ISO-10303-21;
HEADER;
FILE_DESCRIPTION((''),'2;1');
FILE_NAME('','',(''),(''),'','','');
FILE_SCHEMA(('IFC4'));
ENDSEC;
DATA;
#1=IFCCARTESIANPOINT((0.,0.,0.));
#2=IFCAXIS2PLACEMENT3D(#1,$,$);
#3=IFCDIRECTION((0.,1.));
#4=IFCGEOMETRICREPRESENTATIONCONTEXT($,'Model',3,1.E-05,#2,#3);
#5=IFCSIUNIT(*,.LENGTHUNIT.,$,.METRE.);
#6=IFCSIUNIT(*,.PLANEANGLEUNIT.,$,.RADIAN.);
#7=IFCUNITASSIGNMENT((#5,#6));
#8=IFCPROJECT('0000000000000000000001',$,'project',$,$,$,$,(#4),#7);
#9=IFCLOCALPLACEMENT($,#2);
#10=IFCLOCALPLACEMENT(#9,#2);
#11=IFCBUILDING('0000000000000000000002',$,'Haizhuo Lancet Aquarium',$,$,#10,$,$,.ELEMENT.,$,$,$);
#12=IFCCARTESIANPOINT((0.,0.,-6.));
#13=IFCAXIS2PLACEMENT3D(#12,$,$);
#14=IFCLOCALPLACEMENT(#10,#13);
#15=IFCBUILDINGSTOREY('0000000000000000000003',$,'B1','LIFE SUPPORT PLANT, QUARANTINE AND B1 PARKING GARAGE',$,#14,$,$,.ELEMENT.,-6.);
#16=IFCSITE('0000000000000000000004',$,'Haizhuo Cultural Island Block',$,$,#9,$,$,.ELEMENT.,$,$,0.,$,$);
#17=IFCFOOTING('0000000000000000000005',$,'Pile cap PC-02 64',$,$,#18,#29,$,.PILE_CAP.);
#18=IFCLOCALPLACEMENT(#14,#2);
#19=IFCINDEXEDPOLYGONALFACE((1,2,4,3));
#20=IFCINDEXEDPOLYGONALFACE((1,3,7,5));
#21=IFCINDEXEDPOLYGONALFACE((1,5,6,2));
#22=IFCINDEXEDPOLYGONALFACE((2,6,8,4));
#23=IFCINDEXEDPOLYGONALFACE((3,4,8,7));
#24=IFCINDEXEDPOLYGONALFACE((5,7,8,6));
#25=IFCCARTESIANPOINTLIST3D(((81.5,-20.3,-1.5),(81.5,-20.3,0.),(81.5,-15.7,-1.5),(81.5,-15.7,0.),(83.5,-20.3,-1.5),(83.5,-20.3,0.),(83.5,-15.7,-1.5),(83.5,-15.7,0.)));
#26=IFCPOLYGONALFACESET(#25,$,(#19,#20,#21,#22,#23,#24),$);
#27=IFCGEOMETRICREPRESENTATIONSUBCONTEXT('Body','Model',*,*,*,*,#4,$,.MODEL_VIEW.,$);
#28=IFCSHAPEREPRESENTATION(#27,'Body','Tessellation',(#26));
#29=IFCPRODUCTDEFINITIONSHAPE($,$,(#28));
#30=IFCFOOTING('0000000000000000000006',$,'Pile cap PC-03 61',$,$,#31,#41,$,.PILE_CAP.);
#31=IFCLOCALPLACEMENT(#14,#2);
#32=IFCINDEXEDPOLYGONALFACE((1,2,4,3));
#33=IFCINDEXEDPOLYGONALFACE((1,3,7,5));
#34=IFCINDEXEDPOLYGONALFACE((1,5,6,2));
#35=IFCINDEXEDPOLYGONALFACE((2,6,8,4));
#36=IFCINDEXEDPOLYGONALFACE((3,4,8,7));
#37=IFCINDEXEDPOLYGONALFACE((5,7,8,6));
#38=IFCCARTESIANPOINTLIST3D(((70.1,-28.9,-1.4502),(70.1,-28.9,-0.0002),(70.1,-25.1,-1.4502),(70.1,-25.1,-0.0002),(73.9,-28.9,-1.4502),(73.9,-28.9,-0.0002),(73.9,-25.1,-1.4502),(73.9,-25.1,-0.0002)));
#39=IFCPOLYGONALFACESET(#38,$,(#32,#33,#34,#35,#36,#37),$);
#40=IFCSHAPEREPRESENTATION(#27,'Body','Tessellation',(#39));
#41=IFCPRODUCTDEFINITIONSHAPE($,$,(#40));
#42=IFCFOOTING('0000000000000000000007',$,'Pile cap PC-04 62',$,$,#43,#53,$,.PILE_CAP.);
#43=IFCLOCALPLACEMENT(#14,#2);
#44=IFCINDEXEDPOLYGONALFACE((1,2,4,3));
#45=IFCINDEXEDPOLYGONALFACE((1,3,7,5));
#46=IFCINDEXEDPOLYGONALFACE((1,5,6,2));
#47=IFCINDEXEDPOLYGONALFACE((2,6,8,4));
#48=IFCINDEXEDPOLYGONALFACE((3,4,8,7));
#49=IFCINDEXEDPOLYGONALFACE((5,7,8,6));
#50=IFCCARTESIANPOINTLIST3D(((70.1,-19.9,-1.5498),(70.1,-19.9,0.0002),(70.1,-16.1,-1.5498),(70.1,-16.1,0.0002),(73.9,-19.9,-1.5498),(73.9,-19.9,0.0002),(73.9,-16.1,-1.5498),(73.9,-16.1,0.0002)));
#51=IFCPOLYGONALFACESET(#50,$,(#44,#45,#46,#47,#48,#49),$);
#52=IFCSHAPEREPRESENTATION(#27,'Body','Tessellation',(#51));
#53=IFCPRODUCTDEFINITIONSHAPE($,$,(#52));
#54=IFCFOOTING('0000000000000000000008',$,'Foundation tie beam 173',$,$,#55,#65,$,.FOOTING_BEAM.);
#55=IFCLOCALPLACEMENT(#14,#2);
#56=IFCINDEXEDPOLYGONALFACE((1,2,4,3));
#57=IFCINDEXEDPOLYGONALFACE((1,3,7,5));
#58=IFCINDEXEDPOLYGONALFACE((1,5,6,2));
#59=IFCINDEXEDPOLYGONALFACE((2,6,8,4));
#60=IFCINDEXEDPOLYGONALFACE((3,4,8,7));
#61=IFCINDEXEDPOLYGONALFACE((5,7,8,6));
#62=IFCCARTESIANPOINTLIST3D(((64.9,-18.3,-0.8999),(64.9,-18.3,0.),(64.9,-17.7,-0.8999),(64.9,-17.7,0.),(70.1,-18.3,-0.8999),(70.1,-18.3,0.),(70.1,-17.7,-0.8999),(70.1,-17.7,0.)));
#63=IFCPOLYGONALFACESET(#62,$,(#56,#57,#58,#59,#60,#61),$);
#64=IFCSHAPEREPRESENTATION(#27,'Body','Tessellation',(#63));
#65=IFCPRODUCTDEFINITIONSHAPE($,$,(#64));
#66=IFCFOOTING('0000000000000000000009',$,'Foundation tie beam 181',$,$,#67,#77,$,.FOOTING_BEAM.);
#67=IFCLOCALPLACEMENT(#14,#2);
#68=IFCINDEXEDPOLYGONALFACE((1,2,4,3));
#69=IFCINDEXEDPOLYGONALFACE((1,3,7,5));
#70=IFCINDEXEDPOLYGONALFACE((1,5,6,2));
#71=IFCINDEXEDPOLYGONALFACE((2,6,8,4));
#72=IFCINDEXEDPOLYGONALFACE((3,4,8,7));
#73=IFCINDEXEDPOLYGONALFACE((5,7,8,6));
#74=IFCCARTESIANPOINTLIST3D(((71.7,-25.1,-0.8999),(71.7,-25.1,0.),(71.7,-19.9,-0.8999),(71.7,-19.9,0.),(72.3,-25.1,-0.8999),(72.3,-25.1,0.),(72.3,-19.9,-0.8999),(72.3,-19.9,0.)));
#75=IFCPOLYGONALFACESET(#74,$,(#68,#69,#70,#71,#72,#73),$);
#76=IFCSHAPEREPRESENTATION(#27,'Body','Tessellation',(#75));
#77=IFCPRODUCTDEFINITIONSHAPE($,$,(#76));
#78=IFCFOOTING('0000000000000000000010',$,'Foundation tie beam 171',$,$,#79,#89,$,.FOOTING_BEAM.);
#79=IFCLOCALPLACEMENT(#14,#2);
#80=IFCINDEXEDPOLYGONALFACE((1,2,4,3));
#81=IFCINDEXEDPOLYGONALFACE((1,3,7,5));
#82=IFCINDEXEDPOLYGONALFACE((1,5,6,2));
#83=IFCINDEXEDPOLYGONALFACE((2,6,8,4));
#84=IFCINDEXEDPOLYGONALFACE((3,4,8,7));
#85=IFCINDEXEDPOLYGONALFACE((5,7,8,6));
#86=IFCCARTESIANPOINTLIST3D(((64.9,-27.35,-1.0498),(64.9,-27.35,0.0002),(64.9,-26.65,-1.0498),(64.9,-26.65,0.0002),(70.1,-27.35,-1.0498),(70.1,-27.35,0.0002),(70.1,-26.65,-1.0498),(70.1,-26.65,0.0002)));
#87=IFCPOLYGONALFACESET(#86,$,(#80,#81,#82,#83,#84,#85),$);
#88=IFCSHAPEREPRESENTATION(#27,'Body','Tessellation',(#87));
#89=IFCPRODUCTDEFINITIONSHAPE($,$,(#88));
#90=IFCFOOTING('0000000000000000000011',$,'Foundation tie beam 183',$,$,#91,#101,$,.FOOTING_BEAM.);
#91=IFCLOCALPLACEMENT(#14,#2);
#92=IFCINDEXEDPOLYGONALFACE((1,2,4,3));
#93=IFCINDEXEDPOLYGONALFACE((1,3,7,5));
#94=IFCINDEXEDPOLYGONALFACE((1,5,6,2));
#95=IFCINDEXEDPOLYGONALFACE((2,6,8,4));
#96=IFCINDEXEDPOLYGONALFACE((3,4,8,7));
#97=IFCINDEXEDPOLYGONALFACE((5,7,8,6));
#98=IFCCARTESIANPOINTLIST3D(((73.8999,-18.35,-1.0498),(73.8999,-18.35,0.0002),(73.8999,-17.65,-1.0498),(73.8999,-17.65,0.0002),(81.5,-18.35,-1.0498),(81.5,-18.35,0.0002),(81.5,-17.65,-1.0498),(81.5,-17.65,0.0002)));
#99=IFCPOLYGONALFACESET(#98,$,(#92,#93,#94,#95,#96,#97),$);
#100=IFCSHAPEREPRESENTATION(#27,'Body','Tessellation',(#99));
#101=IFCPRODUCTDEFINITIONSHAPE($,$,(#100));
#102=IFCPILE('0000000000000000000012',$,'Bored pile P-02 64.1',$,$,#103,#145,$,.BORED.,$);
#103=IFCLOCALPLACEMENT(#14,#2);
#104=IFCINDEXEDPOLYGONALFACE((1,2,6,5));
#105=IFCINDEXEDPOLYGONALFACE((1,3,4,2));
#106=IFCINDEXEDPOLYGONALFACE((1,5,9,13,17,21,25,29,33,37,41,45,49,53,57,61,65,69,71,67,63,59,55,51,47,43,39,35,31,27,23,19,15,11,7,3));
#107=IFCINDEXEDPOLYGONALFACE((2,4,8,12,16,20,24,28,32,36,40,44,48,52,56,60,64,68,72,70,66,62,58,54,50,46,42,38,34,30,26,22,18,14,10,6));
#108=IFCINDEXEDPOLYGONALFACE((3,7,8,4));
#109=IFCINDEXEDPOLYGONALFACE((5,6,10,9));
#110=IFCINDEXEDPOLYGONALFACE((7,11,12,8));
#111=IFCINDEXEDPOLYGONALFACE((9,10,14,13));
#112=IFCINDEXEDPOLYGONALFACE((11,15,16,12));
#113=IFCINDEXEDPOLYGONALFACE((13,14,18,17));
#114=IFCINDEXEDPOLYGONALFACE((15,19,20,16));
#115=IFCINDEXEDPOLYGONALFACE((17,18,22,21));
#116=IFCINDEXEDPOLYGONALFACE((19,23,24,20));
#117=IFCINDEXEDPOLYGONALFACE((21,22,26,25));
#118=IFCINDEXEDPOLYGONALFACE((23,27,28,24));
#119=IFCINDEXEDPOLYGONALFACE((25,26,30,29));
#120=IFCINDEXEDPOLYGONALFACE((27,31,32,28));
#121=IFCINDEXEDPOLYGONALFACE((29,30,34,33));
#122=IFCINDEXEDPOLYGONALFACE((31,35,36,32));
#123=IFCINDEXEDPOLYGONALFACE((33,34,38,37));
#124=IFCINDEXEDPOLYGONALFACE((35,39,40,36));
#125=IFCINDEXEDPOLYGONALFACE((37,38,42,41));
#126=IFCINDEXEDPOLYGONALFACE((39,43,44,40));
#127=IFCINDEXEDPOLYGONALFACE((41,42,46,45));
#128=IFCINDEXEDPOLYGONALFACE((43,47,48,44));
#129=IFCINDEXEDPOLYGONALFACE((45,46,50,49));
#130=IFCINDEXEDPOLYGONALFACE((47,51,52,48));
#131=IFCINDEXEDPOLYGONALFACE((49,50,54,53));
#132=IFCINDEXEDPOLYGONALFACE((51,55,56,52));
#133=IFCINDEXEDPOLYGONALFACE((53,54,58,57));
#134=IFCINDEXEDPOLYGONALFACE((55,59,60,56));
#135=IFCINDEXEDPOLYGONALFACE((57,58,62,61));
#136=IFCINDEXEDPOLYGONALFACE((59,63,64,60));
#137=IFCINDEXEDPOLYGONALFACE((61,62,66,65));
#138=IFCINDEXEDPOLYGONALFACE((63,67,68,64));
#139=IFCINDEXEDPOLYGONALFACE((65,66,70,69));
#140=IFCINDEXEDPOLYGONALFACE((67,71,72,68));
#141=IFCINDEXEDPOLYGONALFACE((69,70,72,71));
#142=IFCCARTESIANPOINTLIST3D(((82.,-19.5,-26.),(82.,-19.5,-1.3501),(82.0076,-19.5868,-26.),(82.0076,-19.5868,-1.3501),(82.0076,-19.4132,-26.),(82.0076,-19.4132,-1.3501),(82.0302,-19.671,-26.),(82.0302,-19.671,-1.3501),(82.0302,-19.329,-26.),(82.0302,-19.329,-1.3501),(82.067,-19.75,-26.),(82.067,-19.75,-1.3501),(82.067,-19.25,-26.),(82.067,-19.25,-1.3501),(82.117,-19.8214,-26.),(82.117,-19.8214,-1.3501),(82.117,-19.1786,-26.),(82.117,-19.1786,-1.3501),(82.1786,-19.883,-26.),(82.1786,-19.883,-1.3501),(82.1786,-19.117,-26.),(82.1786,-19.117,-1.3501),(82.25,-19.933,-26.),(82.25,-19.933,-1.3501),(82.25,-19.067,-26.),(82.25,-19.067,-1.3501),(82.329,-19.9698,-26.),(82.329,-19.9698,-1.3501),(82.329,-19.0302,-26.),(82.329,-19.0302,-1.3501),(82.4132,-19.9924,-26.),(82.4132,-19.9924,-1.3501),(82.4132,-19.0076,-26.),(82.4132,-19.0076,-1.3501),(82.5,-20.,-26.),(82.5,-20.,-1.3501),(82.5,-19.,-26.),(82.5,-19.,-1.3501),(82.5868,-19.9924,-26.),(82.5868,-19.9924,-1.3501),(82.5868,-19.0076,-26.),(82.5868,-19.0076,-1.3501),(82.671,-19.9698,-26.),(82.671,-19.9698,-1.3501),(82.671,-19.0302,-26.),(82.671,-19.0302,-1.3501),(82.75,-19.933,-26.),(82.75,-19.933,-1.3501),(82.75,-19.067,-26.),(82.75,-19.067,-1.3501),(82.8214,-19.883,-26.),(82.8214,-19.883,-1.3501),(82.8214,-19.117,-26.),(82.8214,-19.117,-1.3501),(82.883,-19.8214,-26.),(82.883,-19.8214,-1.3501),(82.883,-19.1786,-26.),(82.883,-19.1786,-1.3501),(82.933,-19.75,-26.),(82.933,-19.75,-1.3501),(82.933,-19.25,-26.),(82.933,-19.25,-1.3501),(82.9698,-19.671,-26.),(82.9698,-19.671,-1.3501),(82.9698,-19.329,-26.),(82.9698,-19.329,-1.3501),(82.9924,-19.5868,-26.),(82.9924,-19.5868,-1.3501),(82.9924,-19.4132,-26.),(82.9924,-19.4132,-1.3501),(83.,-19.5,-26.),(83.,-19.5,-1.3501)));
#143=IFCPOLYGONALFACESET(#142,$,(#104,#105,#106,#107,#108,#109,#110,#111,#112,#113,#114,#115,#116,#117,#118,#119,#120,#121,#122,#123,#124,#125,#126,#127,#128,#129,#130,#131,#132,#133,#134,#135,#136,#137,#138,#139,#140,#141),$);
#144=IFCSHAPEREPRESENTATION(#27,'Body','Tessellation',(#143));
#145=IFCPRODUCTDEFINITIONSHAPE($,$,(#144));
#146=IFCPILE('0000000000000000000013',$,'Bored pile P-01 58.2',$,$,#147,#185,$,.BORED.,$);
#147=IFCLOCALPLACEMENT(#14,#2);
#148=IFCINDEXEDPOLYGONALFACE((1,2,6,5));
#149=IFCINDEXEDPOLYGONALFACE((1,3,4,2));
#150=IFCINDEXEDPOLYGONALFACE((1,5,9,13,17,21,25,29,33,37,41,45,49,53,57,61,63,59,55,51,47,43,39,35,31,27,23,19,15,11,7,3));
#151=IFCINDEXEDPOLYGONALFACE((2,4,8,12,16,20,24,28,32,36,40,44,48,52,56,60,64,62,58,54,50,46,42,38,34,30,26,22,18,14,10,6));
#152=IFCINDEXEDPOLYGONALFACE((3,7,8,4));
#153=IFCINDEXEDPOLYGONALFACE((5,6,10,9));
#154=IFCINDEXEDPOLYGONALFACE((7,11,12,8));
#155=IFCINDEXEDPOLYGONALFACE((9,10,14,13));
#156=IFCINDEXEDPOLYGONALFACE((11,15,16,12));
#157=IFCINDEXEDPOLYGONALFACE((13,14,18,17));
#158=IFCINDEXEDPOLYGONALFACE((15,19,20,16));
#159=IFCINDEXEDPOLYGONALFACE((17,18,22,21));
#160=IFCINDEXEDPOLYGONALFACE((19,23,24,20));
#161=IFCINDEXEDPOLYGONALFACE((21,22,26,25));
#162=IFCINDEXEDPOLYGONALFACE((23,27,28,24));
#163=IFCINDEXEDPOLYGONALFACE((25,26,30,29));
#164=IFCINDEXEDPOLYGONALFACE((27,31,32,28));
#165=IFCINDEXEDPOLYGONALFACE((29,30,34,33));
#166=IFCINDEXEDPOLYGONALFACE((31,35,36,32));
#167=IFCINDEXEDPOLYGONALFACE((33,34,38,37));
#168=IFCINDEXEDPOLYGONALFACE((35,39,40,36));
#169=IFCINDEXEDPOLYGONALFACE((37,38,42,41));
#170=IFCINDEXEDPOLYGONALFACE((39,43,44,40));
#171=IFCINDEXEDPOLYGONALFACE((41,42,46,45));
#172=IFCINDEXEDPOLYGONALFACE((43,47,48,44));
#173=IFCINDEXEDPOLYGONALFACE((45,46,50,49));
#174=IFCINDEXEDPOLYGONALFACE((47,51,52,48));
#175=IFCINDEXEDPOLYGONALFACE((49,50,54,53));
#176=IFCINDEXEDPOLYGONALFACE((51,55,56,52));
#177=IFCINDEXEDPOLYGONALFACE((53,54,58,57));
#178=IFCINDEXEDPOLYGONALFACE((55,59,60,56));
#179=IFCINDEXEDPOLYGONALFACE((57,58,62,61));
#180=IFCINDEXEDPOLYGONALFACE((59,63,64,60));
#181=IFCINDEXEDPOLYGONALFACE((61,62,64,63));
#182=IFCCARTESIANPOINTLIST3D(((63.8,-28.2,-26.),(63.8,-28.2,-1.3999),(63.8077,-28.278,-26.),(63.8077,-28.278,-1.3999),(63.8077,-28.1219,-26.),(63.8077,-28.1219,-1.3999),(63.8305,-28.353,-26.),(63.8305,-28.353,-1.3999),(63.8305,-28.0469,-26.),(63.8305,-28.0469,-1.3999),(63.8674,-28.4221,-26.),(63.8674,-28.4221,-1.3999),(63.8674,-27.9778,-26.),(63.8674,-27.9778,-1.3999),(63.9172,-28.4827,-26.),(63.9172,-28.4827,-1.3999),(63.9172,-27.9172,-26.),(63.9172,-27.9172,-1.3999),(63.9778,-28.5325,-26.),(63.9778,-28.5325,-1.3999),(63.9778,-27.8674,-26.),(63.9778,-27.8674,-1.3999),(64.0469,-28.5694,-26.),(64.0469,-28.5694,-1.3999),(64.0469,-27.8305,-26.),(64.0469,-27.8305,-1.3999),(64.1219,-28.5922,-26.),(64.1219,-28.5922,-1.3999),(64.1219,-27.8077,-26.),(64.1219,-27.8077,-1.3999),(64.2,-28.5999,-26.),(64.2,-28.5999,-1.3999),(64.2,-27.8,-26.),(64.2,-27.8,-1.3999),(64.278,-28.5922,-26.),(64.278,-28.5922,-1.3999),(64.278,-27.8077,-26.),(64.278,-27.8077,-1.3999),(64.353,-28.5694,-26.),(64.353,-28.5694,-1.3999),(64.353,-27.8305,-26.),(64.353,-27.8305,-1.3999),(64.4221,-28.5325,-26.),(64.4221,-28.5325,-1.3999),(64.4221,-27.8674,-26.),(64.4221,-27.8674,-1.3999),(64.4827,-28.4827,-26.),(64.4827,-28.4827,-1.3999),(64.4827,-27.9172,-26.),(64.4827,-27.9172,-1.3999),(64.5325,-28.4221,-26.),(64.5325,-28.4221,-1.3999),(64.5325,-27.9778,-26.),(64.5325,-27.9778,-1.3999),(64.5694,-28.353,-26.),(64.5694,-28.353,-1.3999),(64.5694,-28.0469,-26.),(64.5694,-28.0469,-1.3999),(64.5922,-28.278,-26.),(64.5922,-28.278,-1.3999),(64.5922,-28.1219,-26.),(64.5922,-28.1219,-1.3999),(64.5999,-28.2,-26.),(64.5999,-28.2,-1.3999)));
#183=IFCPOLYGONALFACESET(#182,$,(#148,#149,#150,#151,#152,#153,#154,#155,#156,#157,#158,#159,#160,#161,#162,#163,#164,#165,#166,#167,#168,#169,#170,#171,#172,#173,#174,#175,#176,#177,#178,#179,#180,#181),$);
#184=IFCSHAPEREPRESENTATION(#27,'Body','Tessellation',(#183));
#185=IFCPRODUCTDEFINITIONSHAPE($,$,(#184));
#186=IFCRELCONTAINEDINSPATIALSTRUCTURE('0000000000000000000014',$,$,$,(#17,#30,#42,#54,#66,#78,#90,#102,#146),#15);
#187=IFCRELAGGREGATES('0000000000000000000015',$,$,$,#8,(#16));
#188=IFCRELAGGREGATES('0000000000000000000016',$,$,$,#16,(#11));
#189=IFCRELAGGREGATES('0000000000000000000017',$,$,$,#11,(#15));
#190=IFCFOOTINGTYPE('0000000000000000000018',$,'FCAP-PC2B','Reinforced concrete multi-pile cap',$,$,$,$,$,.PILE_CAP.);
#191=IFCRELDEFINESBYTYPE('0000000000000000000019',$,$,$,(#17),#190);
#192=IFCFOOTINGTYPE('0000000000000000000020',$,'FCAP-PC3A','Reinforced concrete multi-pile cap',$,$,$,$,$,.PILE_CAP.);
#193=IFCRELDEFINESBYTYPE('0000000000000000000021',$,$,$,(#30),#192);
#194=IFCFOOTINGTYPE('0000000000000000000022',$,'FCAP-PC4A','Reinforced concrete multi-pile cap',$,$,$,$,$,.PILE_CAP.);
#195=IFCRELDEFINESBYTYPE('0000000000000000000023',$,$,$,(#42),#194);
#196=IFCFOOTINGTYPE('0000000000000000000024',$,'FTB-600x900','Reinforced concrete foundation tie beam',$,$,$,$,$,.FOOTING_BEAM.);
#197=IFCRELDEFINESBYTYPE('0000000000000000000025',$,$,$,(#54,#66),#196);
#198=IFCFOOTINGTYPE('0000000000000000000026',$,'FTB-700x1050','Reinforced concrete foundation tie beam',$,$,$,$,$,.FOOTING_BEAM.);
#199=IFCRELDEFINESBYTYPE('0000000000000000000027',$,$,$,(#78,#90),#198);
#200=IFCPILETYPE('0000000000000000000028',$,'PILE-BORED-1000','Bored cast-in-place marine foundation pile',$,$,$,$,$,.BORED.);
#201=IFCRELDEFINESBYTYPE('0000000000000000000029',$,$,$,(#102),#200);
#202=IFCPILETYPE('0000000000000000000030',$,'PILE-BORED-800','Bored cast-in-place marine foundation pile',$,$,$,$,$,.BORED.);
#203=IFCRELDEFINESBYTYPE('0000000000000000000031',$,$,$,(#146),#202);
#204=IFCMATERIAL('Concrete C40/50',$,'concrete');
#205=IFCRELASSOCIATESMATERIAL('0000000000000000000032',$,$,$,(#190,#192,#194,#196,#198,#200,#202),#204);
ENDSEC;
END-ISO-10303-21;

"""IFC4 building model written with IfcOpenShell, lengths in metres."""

from ifc_helpers import new_model, si_unit, direction, frame, origin, origin_2d, place, context, subcontext, project, spatial, rectangle, circle, extrude, material, material_profile, profile_set, type_object, element, save


model = new_model("IFC4")

# Units and contexts
model_context = context("Model", 3, precision=1e-05, world=origin(), true_north=direction((0.0, 1.0)))
body_context = subcontext(model_context, "Body", "Model", "MODEL_VIEW")
ifc_project = project(units=[si_unit("LENGTHUNIT", "METRE"), si_unit("PLANEANGLEUNIT", "RADIAN")], contexts=[model_context])

# Site, building, storey
site_placement = place(None, origin())
site = spatial("IfcSite", under=ifc_project, at=site_placement, Name="Haizhuo Cultural Island Block", CompositionType="ELEMENT", RefElevation=0.0)
building_placement = place(site_placement, origin())
building = spatial("IfcBuilding", under=site, at=building_placement, Name="Haizhuo Lancet Aquarium", CompositionType="ELEMENT")
storey_placement = place(building_placement, frame((0.0, 0.0, -6.0)))
storey = spatial("IfcBuildingStorey", under=building, at=storey_placement, Name="B1", Description="LIFE SUPPORT PLANT, QUARANTINE AND B1 PARKING GARAGE", CompositionType="ELEMENT", Elevation=-6.0)

# Footings
ifc_material_1 = material(Name="Concrete C40/50", Category="concrete")
footing_type_1 = type_object("IfcFootingType", Name="FCAP-PC2B", Description="Reinforced concrete multi-pile cap", PredefinedType="PILE_CAP", material=ifc_material_1)
footing_1_placement = place(storey_placement, frame((82.5, -18.0, -1.5), z_axis=(0.0, 0.0, 1.0), x_axis=(1.0, 0.0, 0.0)))
element("IfcFooting", 1, at=footing_1_placement, inside=storey, type_object=footing_type_1, Name="Pile cap PC-02 64", PredefinedType="PILE_CAP", context=body_context, shape_type="SweptSolid", body=[
    extrude(rectangle(XDim=2.0, YDim=4.6001, at=origin_2d()), origin(), (0.0, 0.0, 1.0), 1.5),
])
footing_type_2 = type_object("IfcFootingType", Name="FCAP-PC3A", Description="Reinforced concrete multi-pile cap", PredefinedType="PILE_CAP", material=ifc_material_1)
footing_2_placement = place(storey_placement, frame((72.0, -27.0, -1.4502), z_axis=(0.0, 0.0, 1.0), x_axis=(1.0, 0.0, 0.0)))
element("IfcFooting", 2, at=footing_2_placement, inside=storey, type_object=footing_type_2, Name="Pile cap PC-03 61", PredefinedType="PILE_CAP", context=body_context, shape_type="SweptSolid", body=[
    extrude(rectangle(XDim=3.8, YDim=3.8, at=origin_2d()), origin(), (0.0, 0.0, 1.0), 1.45),
])
footing_type_3 = type_object("IfcFootingType", Name="FCAP-PC4A", Description="Reinforced concrete multi-pile cap", PredefinedType="PILE_CAP", material=ifc_material_1)
footing_3_placement = place(storey_placement, frame((72.0, -18.0, -1.5498), z_axis=(0.0, 0.0, 1.0), x_axis=(1.0, 0.0, 0.0)))
element("IfcFooting", 3, at=footing_3_placement, inside=storey, type_object=footing_type_3, Name="Pile cap PC-04 62", PredefinedType="PILE_CAP", context=body_context, shape_type="SweptSolid", body=[
    extrude(rectangle(XDim=3.8, YDim=3.8, at=origin_2d()), origin(), (0.0, 0.0, 1.0), 1.55),
])
footing_type_4 = type_object("IfcFootingType", Name="FTB-600x900", Description="Reinforced concrete foundation tie beam", PredefinedType="FOOTING_BEAM", material=ifc_material_1)
for number, where, z_axis, x_axis, name in (
    (4, (67.5, -18.0, -0.8999), (0.0, 0.0, 1.0), (1.0, 0.0, 0.0), "Foundation tie beam 173"),
    (5, (72.0, -22.5, -0.8999), (0.0, 0.0, 1.0), (0.0, 1.0, 0.0), "Foundation tie beam 181"),
):
    element("IfcFooting", number, at=place(storey_placement, frame(where, z_axis=z_axis, x_axis=x_axis)), inside=storey, type_object=footing_type_4, Name=name, PredefinedType="FOOTING_BEAM", context=body_context, shape_type="SweptSolid", body=[
        extrude(rectangle(XDim=5.2, YDim=0.6001, at=origin_2d()), origin(), (0.0, 0.0, 1.0), 0.8999),
    ])
footing_type_5 = type_object("IfcFootingType", Name="FTB-700x1050", Description="Reinforced concrete foundation tie beam", PredefinedType="FOOTING_BEAM", material=ifc_material_1)
footing_4_placement = place(storey_placement, frame((67.5, -27.0, -1.0498), z_axis=(0.0, 0.0, 1.0), x_axis=(1.0, 0.0, 0.0)))
element("IfcFooting", 6, at=footing_4_placement, inside=storey, type_object=footing_type_5, Name="Foundation tie beam 171", PredefinedType="FOOTING_BEAM", context=body_context, shape_type="SweptSolid", body=[
    extrude(rectangle(XDim=5.2, YDim=0.7, at=origin_2d()), origin(), (0.0, 0.0, 1.0), 1.05),
])
footing_5_placement = place(storey_placement, frame((77.7, -18.0, -1.0498), z_axis=(0.0, 0.0, 1.0), x_axis=(1.0, 0.0, 0.0)))
element("IfcFooting", 7, at=footing_5_placement, inside=storey, type_object=footing_type_5, Name="Foundation tie beam 183", PredefinedType="FOOTING_BEAM", context=body_context, shape_type="SweptSolid", body=[
    extrude(rectangle(XDim=7.6001, YDim=0.7, at=origin_2d()), origin(), (0.0, 0.0, 1.0), 1.05),
])

# Piles
ifc_material_profile_1 = material_profile(ifc_material_1, circle(Radius=0.5, at=origin_2d()), Name="PILE-1000")
ifc_profile_set_1 = profile_set([ifc_material_profile_1], Name="Concrete C40/50")
pile_type_1 = type_object("IfcPileType", Name="PILE-BORED-1000", Description="Bored cast-in-place marine foundation pile", PredefinedType="BORED", material=ifc_profile_set_1)
pile_placement = place(storey_placement, frame((82.5, -19.5, -1.3501), z_axis=(0.0, 0.0, -1.0), x_axis=(1.0, 0.0, 0.0)))
element("IfcPile", 8, at=pile_placement, inside=storey, type_object=pile_type_1, Name="Bored pile P-02 64.1", PredefinedType="BORED", context=body_context, shape_type="SweptSolid", body=[
    extrude(circle(Radius=0.5, at=origin_2d()), origin(), (0.0, 0.0, 1.0), 24.6499),
])
ifc_material_profile_2 = material_profile(ifc_material_1, circle(Radius=0.3999, at=origin_2d()), Name="PILE-800")
ifc_profile_set_2 = profile_set([ifc_material_profile_2], Name="Concrete C40/50")
pile_type_2 = type_object("IfcPileType", Name="PILE-BORED-800", Description="Bored cast-in-place marine foundation pile", PredefinedType="BORED", material=ifc_profile_set_2)
for number, where, z_axis, x_axis, name in (
    (9, (64.2, -28.2, -1.3999), (0.0, 0.0, -1.0), (1.0, 0.0, 0.0), "Bored pile P-01 58.2"),
):
    element("IfcPile", number, at=place(storey_placement, frame(where, z_axis=z_axis, x_axis=x_axis)), inside=storey, type_object=pile_type_2, Name=name, PredefinedType="BORED", context=body_context, shape_type="SweptSolid", body=[
        extrude(circle(Radius=0.3999, at=origin_2d()), origin(), (0.0, 0.0, 1.0), 24.6001),
    ])

save(model, "model.ifc")
